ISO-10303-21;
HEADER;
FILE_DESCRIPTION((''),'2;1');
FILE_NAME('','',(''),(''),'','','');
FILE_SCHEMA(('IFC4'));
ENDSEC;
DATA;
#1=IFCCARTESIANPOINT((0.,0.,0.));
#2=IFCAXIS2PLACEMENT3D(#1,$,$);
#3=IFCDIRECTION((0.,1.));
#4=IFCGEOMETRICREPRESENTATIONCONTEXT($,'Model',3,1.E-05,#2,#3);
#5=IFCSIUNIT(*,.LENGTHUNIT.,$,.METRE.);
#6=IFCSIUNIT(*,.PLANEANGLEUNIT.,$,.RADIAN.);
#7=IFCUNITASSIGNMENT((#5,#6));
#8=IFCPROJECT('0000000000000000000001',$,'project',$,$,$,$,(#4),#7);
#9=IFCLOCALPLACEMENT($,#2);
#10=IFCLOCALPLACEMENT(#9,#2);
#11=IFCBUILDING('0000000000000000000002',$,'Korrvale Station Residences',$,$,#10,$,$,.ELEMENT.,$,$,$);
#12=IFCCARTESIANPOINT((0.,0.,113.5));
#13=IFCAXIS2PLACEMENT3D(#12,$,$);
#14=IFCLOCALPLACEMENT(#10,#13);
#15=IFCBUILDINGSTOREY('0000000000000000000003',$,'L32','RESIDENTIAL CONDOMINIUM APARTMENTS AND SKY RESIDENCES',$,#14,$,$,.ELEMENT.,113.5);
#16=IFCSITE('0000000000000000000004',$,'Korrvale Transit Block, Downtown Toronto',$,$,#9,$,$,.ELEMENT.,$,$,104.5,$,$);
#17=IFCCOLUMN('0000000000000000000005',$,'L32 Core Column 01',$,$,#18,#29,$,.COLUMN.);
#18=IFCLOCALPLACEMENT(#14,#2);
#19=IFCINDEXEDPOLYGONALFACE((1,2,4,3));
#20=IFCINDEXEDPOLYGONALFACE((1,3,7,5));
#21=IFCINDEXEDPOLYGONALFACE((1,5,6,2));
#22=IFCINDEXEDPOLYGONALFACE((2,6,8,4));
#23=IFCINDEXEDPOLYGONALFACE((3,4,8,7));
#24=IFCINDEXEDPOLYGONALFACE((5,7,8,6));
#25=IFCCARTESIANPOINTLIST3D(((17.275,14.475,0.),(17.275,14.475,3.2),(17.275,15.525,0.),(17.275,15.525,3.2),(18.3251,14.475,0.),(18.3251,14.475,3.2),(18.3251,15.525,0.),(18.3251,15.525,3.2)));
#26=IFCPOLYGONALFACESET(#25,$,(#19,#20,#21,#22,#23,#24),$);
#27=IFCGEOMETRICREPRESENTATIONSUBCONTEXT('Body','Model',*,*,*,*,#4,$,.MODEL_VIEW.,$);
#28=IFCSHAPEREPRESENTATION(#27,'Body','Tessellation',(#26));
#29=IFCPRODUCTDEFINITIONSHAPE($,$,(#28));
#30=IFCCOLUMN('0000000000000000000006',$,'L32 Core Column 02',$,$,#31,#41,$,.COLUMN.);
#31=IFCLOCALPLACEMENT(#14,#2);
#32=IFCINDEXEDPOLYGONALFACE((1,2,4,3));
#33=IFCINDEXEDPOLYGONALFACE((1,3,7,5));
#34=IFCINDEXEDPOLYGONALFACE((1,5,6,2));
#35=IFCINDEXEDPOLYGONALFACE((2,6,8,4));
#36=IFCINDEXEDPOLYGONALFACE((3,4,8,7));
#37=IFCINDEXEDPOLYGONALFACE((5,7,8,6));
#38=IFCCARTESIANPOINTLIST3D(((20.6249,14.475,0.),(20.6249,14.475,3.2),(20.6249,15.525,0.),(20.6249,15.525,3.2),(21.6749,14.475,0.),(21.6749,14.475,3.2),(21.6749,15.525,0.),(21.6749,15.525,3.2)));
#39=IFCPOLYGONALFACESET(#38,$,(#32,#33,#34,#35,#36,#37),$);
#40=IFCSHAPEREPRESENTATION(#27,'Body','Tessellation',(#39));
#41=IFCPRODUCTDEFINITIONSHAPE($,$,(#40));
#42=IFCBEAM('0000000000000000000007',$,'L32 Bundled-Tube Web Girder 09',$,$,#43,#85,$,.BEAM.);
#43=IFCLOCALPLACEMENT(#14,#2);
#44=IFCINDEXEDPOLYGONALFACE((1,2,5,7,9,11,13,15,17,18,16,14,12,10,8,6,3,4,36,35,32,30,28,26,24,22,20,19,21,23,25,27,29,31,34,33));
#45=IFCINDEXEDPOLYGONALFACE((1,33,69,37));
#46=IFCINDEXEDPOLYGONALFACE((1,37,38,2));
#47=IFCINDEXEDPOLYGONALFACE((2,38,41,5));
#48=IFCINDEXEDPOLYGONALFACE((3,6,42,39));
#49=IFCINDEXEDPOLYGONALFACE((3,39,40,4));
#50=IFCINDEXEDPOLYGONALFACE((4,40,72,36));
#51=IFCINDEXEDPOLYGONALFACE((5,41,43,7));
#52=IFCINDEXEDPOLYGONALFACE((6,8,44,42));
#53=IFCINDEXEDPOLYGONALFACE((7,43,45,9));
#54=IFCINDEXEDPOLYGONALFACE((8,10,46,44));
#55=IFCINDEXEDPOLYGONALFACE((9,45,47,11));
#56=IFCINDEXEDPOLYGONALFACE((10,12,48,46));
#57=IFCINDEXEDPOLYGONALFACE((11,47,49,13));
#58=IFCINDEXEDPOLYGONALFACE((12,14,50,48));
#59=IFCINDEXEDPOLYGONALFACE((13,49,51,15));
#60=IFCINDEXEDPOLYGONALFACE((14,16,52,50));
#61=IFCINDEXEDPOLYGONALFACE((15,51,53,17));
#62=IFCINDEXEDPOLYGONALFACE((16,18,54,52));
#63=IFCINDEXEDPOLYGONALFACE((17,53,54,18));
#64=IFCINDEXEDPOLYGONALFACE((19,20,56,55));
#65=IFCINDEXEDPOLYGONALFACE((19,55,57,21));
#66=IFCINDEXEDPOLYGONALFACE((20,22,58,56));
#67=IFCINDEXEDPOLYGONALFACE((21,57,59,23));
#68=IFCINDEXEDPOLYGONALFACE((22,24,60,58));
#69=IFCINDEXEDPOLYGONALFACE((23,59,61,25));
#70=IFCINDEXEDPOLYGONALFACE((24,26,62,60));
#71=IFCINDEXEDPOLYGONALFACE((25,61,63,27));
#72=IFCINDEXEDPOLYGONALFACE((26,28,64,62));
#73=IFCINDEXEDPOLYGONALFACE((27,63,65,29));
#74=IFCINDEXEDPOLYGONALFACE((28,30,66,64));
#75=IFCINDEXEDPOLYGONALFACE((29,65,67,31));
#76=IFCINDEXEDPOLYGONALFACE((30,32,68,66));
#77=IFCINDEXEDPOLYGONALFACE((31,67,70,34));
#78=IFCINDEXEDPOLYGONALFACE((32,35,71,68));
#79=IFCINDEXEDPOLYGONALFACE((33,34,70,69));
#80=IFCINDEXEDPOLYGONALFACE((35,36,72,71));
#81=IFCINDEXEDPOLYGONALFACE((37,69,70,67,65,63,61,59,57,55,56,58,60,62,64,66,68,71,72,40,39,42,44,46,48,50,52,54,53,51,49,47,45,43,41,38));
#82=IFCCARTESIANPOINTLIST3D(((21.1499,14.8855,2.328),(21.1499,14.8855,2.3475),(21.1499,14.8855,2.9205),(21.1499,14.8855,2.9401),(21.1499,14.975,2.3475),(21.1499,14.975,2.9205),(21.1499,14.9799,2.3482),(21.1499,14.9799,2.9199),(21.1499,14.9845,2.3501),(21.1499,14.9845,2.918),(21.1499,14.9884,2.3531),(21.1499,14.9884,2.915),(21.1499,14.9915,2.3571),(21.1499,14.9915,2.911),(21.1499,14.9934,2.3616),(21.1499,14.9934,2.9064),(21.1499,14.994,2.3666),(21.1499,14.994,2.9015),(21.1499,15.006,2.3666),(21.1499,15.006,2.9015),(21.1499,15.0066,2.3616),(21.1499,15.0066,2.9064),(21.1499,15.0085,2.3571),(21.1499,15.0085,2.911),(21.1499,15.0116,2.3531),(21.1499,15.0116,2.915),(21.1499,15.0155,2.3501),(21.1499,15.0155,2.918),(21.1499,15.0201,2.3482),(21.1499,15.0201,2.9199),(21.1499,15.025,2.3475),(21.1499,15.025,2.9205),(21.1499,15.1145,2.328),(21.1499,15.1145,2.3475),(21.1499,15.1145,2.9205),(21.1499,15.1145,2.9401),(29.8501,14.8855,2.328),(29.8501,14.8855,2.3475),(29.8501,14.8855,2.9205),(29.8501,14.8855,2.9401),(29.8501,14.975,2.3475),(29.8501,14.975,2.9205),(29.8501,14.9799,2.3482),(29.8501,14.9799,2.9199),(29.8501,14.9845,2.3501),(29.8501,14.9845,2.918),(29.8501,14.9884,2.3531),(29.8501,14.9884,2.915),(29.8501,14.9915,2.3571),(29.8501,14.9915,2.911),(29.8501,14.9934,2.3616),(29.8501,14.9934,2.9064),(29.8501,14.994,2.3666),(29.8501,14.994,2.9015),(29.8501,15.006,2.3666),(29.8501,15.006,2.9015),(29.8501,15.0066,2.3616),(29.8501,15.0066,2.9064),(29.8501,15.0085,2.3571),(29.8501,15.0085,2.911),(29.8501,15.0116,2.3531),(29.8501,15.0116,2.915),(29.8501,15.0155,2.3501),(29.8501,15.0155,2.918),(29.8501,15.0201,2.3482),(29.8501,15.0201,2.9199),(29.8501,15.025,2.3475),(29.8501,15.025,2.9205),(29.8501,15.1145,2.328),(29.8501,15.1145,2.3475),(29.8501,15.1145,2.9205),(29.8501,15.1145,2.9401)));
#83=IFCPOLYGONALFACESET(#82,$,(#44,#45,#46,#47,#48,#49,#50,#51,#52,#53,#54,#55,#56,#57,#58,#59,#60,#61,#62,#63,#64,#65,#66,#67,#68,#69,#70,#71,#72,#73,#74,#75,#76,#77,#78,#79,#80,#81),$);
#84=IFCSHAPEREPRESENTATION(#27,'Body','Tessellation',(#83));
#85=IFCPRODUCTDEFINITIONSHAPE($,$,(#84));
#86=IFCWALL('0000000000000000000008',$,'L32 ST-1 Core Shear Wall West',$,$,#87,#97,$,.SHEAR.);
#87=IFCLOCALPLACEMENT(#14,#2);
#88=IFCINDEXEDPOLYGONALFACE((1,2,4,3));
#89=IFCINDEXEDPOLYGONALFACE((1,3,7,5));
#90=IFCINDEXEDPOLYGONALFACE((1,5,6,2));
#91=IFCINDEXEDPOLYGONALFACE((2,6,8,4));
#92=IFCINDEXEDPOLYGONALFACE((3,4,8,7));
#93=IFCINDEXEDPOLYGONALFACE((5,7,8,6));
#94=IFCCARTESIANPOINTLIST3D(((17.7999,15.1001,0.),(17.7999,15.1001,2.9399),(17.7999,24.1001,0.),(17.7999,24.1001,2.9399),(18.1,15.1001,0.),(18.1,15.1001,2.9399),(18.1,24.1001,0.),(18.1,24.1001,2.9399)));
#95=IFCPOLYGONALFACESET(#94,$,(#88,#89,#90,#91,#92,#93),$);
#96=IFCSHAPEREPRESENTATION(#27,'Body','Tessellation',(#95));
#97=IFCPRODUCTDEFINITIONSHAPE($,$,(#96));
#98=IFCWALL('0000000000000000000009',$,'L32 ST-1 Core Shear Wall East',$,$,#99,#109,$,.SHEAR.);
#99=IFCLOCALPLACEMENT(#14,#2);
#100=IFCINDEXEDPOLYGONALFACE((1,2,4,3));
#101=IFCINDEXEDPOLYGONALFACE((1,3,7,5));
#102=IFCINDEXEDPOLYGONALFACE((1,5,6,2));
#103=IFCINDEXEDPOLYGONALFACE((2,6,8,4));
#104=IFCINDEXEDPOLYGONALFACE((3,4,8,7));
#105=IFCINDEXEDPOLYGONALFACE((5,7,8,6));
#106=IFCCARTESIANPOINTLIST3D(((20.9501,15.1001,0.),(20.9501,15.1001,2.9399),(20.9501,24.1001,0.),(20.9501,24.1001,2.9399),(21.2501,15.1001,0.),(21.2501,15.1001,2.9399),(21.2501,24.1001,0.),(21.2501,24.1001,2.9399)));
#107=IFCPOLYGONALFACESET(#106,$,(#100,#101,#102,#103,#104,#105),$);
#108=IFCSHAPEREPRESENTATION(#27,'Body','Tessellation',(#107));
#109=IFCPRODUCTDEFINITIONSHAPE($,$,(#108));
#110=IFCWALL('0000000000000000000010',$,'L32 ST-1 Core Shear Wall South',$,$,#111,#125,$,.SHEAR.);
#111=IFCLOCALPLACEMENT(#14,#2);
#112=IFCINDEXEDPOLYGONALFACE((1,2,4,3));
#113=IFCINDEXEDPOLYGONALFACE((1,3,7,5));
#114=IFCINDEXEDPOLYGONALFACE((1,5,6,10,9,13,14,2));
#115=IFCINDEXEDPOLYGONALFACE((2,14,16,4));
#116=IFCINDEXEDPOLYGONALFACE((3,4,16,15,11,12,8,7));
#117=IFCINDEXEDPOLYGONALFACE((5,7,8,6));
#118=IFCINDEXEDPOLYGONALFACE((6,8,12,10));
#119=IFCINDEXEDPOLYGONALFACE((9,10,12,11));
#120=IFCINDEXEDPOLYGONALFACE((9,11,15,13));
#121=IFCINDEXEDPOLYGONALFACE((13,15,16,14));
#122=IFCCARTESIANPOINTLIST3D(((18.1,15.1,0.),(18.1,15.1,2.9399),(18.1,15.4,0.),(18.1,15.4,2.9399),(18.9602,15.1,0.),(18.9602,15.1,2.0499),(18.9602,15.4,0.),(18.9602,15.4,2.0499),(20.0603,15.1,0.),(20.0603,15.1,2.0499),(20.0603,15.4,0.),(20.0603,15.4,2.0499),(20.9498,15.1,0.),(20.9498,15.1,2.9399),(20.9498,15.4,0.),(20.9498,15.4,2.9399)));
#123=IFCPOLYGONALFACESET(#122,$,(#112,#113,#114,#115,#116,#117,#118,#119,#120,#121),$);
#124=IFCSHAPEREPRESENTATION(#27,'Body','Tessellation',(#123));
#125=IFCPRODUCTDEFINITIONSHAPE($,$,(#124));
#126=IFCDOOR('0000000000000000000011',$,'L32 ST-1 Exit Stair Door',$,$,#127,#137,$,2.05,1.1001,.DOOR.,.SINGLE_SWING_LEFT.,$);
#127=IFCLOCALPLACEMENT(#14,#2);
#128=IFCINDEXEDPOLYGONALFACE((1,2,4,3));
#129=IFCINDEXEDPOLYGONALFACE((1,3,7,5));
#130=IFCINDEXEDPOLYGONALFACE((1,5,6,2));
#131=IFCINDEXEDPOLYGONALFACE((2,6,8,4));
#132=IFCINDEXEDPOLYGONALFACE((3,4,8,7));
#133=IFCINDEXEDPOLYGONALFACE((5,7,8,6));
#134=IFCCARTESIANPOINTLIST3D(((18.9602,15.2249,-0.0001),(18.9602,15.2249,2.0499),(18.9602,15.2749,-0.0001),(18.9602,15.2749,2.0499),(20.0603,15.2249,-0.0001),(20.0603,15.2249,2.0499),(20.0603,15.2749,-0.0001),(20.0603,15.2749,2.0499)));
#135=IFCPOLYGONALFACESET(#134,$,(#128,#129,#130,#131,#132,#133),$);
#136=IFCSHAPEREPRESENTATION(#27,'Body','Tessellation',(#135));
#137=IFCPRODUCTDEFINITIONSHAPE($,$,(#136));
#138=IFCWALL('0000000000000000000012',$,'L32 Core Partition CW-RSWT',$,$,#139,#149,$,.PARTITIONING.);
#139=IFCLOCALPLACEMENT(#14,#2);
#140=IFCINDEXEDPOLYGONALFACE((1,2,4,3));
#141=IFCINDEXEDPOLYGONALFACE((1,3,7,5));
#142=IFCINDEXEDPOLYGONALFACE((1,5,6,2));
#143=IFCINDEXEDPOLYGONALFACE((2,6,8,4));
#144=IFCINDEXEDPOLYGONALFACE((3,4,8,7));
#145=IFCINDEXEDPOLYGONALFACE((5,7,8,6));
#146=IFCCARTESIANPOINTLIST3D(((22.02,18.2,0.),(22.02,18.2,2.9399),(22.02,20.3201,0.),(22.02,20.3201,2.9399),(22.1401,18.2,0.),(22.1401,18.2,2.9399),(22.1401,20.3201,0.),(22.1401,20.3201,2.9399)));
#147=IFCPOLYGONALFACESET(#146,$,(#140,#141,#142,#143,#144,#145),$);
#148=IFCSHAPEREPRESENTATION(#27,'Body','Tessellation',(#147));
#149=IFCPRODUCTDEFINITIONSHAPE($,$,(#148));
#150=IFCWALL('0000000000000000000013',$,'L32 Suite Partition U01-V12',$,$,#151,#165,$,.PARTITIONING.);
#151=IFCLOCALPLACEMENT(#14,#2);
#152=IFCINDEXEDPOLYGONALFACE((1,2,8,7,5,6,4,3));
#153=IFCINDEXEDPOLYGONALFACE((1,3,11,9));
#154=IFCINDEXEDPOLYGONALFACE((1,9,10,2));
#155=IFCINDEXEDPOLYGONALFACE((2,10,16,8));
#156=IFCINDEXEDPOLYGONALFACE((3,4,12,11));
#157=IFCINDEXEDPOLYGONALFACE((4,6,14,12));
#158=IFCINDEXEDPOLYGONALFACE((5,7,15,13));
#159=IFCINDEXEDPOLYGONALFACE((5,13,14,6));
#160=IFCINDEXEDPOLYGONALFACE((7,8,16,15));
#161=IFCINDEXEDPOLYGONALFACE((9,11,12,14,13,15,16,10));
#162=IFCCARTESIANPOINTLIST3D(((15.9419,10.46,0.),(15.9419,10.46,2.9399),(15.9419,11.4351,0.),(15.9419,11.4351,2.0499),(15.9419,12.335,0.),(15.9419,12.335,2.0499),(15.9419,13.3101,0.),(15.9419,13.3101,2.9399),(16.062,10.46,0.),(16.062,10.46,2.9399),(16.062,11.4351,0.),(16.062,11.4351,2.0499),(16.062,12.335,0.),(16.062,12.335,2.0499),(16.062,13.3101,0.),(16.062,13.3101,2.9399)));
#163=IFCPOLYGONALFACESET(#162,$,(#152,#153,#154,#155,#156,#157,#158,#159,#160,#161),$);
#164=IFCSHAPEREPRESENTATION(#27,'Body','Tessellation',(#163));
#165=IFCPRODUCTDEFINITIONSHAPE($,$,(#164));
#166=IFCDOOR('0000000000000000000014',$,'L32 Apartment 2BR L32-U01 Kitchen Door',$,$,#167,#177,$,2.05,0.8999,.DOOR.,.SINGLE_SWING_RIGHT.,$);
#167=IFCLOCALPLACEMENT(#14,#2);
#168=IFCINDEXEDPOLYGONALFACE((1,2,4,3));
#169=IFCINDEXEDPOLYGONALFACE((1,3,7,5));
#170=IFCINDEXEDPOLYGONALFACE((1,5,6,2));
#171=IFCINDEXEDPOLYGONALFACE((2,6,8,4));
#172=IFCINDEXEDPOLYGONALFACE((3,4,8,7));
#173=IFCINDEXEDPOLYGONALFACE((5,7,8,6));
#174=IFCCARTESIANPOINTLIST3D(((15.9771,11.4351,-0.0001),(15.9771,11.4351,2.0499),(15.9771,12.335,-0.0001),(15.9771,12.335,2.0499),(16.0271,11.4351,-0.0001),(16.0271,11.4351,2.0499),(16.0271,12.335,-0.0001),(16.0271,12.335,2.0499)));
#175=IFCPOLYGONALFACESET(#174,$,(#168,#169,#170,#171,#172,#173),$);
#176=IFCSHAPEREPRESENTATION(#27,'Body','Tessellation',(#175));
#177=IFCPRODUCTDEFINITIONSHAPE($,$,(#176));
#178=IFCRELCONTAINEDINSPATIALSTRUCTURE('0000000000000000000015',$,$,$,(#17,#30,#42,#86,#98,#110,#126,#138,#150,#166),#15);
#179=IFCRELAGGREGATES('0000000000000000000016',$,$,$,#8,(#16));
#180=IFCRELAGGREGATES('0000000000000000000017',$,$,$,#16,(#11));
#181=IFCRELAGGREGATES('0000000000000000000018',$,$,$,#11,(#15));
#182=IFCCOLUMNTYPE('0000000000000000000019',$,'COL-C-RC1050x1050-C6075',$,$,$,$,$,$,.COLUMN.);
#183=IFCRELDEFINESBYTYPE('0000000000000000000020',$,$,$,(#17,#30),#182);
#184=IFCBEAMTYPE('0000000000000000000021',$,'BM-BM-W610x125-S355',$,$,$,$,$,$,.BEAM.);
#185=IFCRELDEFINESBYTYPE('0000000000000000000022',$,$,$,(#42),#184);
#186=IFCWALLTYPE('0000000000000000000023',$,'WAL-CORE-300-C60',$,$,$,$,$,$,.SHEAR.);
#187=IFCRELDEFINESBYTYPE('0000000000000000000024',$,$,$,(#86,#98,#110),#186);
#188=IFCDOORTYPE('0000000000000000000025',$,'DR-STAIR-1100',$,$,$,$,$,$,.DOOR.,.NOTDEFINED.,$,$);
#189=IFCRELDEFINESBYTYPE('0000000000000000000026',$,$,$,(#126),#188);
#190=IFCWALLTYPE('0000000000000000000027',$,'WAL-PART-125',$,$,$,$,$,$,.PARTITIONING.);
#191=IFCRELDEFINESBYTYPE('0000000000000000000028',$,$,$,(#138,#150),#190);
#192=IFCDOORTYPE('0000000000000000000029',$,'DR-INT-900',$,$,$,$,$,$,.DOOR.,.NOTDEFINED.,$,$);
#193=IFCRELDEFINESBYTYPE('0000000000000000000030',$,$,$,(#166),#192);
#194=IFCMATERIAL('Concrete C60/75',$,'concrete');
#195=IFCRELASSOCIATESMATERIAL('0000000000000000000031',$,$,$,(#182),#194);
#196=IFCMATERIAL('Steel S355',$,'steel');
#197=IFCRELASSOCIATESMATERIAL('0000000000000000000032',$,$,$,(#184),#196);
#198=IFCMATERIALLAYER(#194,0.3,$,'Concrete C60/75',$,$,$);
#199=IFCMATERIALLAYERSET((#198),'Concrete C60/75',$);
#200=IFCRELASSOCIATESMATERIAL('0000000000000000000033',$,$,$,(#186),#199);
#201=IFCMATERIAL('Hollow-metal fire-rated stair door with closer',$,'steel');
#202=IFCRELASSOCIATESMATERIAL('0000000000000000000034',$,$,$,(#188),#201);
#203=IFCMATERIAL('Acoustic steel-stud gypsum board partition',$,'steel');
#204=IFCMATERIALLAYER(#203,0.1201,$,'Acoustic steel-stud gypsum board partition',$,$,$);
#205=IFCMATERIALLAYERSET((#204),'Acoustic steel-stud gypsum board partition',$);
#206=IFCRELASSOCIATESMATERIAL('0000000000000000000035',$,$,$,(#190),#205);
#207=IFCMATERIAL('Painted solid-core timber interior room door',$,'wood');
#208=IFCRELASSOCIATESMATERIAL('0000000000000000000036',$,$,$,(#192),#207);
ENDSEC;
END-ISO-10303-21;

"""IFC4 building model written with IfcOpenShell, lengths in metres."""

from ifc_helpers import new_model, si_unit, direction, frame, frame_2d, origin, origin_2d, place, context, subcontext, project, spatial, rectangle, i_section, extrude, material, layer, layer_set, material_profile, profile_set, type_object, element, fill, save


model = new_model("IFC4")

# Units and contexts
model_context = context("Model", 3, precision=1e-05, world=origin(), true_north=direction((0.0, 1.0)))
body_context = subcontext(model_context, "Body", "Model", "MODEL_VIEW")
ifc_project = project(units=[si_unit("LENGTHUNIT", "METRE"), si_unit("PLANEANGLEUNIT", "RADIAN")], contexts=[model_context])

# Site, building, storey
site_placement = place(None, origin())
site = spatial("IfcSite", under=ifc_project, at=site_placement, Name="Korrvale Transit Block, Downtown Toronto", CompositionType="ELEMENT", RefElevation=104.5)
building_placement = place(site_placement, origin())
building = spatial("IfcBuilding", under=site, at=building_placement, Name="Korrvale Station Residences", CompositionType="ELEMENT")
storey_placement = place(building_placement, frame((0.0, 0.0, 113.5)))
storey = spatial("IfcBuildingStorey", under=building, at=storey_placement, Name="L32", Description="RESIDENTIAL CONDOMINIUM APARTMENTS AND SKY RESIDENCES", CompositionType="ELEMENT", Elevation=113.5)

# Columns
ifc_material_1 = material(Name="Concrete C60/75", Category="concrete")
ifc_material_profile_1 = material_profile(ifc_material_1, rectangle(XDim=1.05, YDim=1.05, at=origin_2d()), Name="RC1050x1050")
ifc_profile_set_1 = profile_set([ifc_material_profile_1], Name="Concrete C60/75")
column_type = type_object("IfcColumnType", Name="COL-C-RC1050x1050-C6075", PredefinedType="COLUMN", material=ifc_profile_set_1)
for number, where, z_axis, x_axis, name in (
    (1, (17.8, 15.0, 0.0), (0.0, 0.0, 1.0), (1.0, 0.0, 0.0), "L32 Core Column 01"),
    (2, (21.1499, 15.0, 0.0), (0.0, 0.0, 1.0), (1.0, 0.0, 0.0), "L32 Core Column 02"),
):
    element("IfcColumn", number, at=place(storey_placement, frame(where, z_axis=z_axis, x_axis=x_axis)), inside=storey, type_object=column_type, Name=name, PredefinedType="COLUMN", context=body_context, shape_type="SweptSolid", body=[
        extrude(rectangle(XDim=1.05, YDim=1.05, at=origin_2d()), origin(), (0.0, 0.0, 1.0), 3.2),
    ])

# Beam
ifc_material_2 = material(Name="Steel S355", Category="steel")
ifc_material_profile_2 = material_profile(ifc_material_2, i_section(OverallWidth=0.229, OverallDepth=0.6121, WebThickness=0.012, FlangeThickness=0.0195, FilletRadius=0.019, at=origin_2d()), Name="W610x125")
ifc_profile_set_2 = profile_set([ifc_material_profile_2], Name="Steel S355")
beam_type = type_object("IfcBeamType", Name="BM-BM-W610x125-S355", PredefinedType="BEAM", material=ifc_profile_set_2)
beam_placement = place(storey_placement, frame((21.1499, 15.0, 2.634), z_axis=(1.0, 0.0, 0.0), x_axis=(0.0, 1.0, 0.0)))
element("IfcBeam", 3, at=beam_placement, inside=storey, type_object=beam_type, Name="L32 Bundled-Tube Web Girder 09", PredefinedType="BEAM", context=body_context, shape_type="SweptSolid", body=[
    extrude(i_section(OverallWidth=0.229, OverallDepth=0.6121, WebThickness=0.012, FlangeThickness=0.0195, FilletRadius=0.019, at=origin_2d()), origin(), (0.0, 0.0, 1.0), 8.7002),
])

# Walls
ifc_layer_1 = layer(ifc_material_1, 0.3, Name="Concrete C60/75")
ifc_layer_set_1 = layer_set([ifc_layer_1], Name="Concrete C60/75")
wall_type_1 = type_object("IfcWallType", Name="WAL-CORE-300-C60", PredefinedType="SHEAR", material=ifc_layer_set_1)
for number, where, z_axis, x_axis, name in (
    (4, (17.95, 15.1001, 0.0), (0.0, 0.0, 1.0), (0.0, 1.0, 0.0), "L32 ST-1 Core Shear Wall West"),
    (5, (21.1001, 15.1001, 0.0), (0.0, 0.0, 1.0), (0.0, 1.0, 0.0), "L32 ST-1 Core Shear Wall East"),
):
    element("IfcWall", number, at=place(storey_placement, frame(where, z_axis=z_axis, x_axis=x_axis)), inside=storey, type_object=wall_type_1, Name=name, PredefinedType="SHEAR", context=body_context, shape_type="SweptSolid", body=[
        extrude(rectangle(XDim=9.0, YDim=0.3, at=frame_2d((4.5, 0.0))), origin(), (0.0, 0.0, 1.0), 2.9399),
    ])

# Wall, opening, door
wall_1_placement = place(storey_placement, frame((18.1001, 15.25, 0.0), z_axis=(0.0, 0.0, 1.0), x_axis=(1.0, 0.0, 0.0)))
wall_1 = element("IfcWall", 6, at=wall_1_placement, inside=storey, type_object=wall_type_1, Name="L32 ST-1 Core Shear Wall South", PredefinedType="SHEAR", context=body_context, shape_type="SweptSolid", body=[
    extrude(rectangle(XDim=2.8499, YDim=0.3, at=frame_2d((1.4248, 0.0))), origin(), (0.0, 0.0, 1.0), 2.9399),
])
opening_1_placement = place(wall_1_placement, frame((0.8601, 0.0, 0.0)))
opening_1 = element("IfcOpeningElement", 7, at=opening_1_placement, cuts=wall_1, PredefinedType="OPENING", context=body_context, shape_type="SweptSolid", body=[
    extrude(rectangle(XDim=1.1001, YDim=2.05, at=frame_2d((0.55, 1.0249))), frame((0.0, 0.1602, 0.0), z_axis=(0.0, -1.0, 0.0), x_axis=(1.0, 0.0, 0.0)), (0.0, 0.0, 1.0), 0.3201),
])
ifc_material_3 = material(Name="Hollow-metal fire-rated stair door with closer", Category="steel")
door_type_1 = type_object("IfcDoorType", Name="DR-STAIR-1100", OperationType="NOTDEFINED", PredefinedType="DOOR", material=ifc_material_3)
door_1_placement = place(opening_1_placement, origin())
door_1 = element("IfcDoor", 8, at=door_1_placement, inside=storey, type_object=door_type_1, Name="L32 ST-1 Exit Stair Door", OperationType="SINGLE_SWING_LEFT", OverallHeight=2.05, OverallWidth=1.1001, PredefinedType="DOOR", context=body_context, shape_type="SweptSolid", body=[
    extrude(rectangle(XDim=1.1001, YDim=2.05, at=frame_2d((0.55, 1.0249))), frame((0.0, 0.0249, 0.0), z_axis=(0.0, -1.0, 0.0), x_axis=(1.0, 0.0, 0.0)), (0.0, 0.0, 1.0), 0.05),
])
fill(opening_1, door_1)

# Wall
ifc_material_4 = material(Name="Acoustic steel-stud gypsum board partition", Category="steel")
ifc_layer_2 = layer(ifc_material_4, 0.1201, Name="Acoustic steel-stud gypsum board partition")
ifc_layer_set_2 = layer_set([ifc_layer_2], Name="Acoustic steel-stud gypsum board partition")
wall_type_2 = type_object("IfcWallType", Name="WAL-PART-125", PredefinedType="PARTITIONING", material=ifc_layer_set_2)
wall_2_placement = place(storey_placement, frame((22.0801, 18.2, 0.0), z_axis=(0.0, 0.0, 1.0), x_axis=(0.0, 1.0, 0.0)))
element("IfcWall", 9, at=wall_2_placement, inside=storey, type_object=wall_type_2, Name="L32 Core Partition CW-RSWT", PredefinedType="PARTITIONING", context=body_context, shape_type="SweptSolid", body=[
    extrude(rectangle(XDim=2.1201, YDim=0.1201, at=frame_2d((1.0601, 0.0))), origin(), (0.0, 0.0, 1.0), 2.9399),
])

# Wall, opening, door
wall_3_placement = place(storey_placement, frame((16.002, 10.46, 0.0), z_axis=(0.0, 0.0, 1.0), x_axis=(0.0, 1.0, 0.0)))
wall_3 = element("IfcWall", 10, at=wall_3_placement, inside=storey, type_object=wall_type_2, Name="L32 Suite Partition U01-V12", PredefinedType="PARTITIONING", context=body_context, shape_type="SweptSolid", body=[
    extrude(rectangle(XDim=2.8501, YDim=0.1201, at=frame_2d((1.425, 0.0))), origin(), (0.0, 0.0, 1.0), 2.9399),
])
opening_2_placement = place(wall_3_placement, frame((0.9751, 0.0, 0.0)))
opening_2 = element("IfcOpeningElement", 11, at=opening_2_placement, cuts=wall_3, PredefinedType="OPENING", context=body_context, shape_type="SweptSolid", body=[
    extrude(rectangle(XDim=0.8999, YDim=2.05, at=frame_2d((0.45, 1.0249))), frame((0.0, 0.0701, 0.0), z_axis=(0.0, -1.0, 0.0), x_axis=(1.0, 0.0, 0.0)), (0.0, 0.0, 1.0), 0.1401),
])
ifc_material_5 = material(Name="Painted solid-core timber interior room door", Category="wood")
door_type_2 = type_object("IfcDoorType", Name="DR-INT-900", OperationType="NOTDEFINED", PredefinedType="DOOR", material=ifc_material_5)
door_2_placement = place(opening_2_placement, origin())
door_2 = element("IfcDoor", 12, at=door_2_placement, inside=storey, type_object=door_type_2, Name="L32 Apartment 2BR L32-U01 Kitchen Door", OperationType="SINGLE_SWING_RIGHT", OverallHeight=2.05, OverallWidth=0.8999, PredefinedType="DOOR", context=body_context, shape_type="SweptSolid", body=[
    extrude(rectangle(XDim=0.8999, YDim=2.05, at=frame_2d((0.45, 1.0249))), frame((0.0, 0.0249, 0.0), z_axis=(0.0, -1.0, 0.0), x_axis=(1.0, 0.0, 0.0)), (0.0, 0.0, 1.0), 0.05),
])
fill(opening_2, door_2)

save(model, "model.ifc")
